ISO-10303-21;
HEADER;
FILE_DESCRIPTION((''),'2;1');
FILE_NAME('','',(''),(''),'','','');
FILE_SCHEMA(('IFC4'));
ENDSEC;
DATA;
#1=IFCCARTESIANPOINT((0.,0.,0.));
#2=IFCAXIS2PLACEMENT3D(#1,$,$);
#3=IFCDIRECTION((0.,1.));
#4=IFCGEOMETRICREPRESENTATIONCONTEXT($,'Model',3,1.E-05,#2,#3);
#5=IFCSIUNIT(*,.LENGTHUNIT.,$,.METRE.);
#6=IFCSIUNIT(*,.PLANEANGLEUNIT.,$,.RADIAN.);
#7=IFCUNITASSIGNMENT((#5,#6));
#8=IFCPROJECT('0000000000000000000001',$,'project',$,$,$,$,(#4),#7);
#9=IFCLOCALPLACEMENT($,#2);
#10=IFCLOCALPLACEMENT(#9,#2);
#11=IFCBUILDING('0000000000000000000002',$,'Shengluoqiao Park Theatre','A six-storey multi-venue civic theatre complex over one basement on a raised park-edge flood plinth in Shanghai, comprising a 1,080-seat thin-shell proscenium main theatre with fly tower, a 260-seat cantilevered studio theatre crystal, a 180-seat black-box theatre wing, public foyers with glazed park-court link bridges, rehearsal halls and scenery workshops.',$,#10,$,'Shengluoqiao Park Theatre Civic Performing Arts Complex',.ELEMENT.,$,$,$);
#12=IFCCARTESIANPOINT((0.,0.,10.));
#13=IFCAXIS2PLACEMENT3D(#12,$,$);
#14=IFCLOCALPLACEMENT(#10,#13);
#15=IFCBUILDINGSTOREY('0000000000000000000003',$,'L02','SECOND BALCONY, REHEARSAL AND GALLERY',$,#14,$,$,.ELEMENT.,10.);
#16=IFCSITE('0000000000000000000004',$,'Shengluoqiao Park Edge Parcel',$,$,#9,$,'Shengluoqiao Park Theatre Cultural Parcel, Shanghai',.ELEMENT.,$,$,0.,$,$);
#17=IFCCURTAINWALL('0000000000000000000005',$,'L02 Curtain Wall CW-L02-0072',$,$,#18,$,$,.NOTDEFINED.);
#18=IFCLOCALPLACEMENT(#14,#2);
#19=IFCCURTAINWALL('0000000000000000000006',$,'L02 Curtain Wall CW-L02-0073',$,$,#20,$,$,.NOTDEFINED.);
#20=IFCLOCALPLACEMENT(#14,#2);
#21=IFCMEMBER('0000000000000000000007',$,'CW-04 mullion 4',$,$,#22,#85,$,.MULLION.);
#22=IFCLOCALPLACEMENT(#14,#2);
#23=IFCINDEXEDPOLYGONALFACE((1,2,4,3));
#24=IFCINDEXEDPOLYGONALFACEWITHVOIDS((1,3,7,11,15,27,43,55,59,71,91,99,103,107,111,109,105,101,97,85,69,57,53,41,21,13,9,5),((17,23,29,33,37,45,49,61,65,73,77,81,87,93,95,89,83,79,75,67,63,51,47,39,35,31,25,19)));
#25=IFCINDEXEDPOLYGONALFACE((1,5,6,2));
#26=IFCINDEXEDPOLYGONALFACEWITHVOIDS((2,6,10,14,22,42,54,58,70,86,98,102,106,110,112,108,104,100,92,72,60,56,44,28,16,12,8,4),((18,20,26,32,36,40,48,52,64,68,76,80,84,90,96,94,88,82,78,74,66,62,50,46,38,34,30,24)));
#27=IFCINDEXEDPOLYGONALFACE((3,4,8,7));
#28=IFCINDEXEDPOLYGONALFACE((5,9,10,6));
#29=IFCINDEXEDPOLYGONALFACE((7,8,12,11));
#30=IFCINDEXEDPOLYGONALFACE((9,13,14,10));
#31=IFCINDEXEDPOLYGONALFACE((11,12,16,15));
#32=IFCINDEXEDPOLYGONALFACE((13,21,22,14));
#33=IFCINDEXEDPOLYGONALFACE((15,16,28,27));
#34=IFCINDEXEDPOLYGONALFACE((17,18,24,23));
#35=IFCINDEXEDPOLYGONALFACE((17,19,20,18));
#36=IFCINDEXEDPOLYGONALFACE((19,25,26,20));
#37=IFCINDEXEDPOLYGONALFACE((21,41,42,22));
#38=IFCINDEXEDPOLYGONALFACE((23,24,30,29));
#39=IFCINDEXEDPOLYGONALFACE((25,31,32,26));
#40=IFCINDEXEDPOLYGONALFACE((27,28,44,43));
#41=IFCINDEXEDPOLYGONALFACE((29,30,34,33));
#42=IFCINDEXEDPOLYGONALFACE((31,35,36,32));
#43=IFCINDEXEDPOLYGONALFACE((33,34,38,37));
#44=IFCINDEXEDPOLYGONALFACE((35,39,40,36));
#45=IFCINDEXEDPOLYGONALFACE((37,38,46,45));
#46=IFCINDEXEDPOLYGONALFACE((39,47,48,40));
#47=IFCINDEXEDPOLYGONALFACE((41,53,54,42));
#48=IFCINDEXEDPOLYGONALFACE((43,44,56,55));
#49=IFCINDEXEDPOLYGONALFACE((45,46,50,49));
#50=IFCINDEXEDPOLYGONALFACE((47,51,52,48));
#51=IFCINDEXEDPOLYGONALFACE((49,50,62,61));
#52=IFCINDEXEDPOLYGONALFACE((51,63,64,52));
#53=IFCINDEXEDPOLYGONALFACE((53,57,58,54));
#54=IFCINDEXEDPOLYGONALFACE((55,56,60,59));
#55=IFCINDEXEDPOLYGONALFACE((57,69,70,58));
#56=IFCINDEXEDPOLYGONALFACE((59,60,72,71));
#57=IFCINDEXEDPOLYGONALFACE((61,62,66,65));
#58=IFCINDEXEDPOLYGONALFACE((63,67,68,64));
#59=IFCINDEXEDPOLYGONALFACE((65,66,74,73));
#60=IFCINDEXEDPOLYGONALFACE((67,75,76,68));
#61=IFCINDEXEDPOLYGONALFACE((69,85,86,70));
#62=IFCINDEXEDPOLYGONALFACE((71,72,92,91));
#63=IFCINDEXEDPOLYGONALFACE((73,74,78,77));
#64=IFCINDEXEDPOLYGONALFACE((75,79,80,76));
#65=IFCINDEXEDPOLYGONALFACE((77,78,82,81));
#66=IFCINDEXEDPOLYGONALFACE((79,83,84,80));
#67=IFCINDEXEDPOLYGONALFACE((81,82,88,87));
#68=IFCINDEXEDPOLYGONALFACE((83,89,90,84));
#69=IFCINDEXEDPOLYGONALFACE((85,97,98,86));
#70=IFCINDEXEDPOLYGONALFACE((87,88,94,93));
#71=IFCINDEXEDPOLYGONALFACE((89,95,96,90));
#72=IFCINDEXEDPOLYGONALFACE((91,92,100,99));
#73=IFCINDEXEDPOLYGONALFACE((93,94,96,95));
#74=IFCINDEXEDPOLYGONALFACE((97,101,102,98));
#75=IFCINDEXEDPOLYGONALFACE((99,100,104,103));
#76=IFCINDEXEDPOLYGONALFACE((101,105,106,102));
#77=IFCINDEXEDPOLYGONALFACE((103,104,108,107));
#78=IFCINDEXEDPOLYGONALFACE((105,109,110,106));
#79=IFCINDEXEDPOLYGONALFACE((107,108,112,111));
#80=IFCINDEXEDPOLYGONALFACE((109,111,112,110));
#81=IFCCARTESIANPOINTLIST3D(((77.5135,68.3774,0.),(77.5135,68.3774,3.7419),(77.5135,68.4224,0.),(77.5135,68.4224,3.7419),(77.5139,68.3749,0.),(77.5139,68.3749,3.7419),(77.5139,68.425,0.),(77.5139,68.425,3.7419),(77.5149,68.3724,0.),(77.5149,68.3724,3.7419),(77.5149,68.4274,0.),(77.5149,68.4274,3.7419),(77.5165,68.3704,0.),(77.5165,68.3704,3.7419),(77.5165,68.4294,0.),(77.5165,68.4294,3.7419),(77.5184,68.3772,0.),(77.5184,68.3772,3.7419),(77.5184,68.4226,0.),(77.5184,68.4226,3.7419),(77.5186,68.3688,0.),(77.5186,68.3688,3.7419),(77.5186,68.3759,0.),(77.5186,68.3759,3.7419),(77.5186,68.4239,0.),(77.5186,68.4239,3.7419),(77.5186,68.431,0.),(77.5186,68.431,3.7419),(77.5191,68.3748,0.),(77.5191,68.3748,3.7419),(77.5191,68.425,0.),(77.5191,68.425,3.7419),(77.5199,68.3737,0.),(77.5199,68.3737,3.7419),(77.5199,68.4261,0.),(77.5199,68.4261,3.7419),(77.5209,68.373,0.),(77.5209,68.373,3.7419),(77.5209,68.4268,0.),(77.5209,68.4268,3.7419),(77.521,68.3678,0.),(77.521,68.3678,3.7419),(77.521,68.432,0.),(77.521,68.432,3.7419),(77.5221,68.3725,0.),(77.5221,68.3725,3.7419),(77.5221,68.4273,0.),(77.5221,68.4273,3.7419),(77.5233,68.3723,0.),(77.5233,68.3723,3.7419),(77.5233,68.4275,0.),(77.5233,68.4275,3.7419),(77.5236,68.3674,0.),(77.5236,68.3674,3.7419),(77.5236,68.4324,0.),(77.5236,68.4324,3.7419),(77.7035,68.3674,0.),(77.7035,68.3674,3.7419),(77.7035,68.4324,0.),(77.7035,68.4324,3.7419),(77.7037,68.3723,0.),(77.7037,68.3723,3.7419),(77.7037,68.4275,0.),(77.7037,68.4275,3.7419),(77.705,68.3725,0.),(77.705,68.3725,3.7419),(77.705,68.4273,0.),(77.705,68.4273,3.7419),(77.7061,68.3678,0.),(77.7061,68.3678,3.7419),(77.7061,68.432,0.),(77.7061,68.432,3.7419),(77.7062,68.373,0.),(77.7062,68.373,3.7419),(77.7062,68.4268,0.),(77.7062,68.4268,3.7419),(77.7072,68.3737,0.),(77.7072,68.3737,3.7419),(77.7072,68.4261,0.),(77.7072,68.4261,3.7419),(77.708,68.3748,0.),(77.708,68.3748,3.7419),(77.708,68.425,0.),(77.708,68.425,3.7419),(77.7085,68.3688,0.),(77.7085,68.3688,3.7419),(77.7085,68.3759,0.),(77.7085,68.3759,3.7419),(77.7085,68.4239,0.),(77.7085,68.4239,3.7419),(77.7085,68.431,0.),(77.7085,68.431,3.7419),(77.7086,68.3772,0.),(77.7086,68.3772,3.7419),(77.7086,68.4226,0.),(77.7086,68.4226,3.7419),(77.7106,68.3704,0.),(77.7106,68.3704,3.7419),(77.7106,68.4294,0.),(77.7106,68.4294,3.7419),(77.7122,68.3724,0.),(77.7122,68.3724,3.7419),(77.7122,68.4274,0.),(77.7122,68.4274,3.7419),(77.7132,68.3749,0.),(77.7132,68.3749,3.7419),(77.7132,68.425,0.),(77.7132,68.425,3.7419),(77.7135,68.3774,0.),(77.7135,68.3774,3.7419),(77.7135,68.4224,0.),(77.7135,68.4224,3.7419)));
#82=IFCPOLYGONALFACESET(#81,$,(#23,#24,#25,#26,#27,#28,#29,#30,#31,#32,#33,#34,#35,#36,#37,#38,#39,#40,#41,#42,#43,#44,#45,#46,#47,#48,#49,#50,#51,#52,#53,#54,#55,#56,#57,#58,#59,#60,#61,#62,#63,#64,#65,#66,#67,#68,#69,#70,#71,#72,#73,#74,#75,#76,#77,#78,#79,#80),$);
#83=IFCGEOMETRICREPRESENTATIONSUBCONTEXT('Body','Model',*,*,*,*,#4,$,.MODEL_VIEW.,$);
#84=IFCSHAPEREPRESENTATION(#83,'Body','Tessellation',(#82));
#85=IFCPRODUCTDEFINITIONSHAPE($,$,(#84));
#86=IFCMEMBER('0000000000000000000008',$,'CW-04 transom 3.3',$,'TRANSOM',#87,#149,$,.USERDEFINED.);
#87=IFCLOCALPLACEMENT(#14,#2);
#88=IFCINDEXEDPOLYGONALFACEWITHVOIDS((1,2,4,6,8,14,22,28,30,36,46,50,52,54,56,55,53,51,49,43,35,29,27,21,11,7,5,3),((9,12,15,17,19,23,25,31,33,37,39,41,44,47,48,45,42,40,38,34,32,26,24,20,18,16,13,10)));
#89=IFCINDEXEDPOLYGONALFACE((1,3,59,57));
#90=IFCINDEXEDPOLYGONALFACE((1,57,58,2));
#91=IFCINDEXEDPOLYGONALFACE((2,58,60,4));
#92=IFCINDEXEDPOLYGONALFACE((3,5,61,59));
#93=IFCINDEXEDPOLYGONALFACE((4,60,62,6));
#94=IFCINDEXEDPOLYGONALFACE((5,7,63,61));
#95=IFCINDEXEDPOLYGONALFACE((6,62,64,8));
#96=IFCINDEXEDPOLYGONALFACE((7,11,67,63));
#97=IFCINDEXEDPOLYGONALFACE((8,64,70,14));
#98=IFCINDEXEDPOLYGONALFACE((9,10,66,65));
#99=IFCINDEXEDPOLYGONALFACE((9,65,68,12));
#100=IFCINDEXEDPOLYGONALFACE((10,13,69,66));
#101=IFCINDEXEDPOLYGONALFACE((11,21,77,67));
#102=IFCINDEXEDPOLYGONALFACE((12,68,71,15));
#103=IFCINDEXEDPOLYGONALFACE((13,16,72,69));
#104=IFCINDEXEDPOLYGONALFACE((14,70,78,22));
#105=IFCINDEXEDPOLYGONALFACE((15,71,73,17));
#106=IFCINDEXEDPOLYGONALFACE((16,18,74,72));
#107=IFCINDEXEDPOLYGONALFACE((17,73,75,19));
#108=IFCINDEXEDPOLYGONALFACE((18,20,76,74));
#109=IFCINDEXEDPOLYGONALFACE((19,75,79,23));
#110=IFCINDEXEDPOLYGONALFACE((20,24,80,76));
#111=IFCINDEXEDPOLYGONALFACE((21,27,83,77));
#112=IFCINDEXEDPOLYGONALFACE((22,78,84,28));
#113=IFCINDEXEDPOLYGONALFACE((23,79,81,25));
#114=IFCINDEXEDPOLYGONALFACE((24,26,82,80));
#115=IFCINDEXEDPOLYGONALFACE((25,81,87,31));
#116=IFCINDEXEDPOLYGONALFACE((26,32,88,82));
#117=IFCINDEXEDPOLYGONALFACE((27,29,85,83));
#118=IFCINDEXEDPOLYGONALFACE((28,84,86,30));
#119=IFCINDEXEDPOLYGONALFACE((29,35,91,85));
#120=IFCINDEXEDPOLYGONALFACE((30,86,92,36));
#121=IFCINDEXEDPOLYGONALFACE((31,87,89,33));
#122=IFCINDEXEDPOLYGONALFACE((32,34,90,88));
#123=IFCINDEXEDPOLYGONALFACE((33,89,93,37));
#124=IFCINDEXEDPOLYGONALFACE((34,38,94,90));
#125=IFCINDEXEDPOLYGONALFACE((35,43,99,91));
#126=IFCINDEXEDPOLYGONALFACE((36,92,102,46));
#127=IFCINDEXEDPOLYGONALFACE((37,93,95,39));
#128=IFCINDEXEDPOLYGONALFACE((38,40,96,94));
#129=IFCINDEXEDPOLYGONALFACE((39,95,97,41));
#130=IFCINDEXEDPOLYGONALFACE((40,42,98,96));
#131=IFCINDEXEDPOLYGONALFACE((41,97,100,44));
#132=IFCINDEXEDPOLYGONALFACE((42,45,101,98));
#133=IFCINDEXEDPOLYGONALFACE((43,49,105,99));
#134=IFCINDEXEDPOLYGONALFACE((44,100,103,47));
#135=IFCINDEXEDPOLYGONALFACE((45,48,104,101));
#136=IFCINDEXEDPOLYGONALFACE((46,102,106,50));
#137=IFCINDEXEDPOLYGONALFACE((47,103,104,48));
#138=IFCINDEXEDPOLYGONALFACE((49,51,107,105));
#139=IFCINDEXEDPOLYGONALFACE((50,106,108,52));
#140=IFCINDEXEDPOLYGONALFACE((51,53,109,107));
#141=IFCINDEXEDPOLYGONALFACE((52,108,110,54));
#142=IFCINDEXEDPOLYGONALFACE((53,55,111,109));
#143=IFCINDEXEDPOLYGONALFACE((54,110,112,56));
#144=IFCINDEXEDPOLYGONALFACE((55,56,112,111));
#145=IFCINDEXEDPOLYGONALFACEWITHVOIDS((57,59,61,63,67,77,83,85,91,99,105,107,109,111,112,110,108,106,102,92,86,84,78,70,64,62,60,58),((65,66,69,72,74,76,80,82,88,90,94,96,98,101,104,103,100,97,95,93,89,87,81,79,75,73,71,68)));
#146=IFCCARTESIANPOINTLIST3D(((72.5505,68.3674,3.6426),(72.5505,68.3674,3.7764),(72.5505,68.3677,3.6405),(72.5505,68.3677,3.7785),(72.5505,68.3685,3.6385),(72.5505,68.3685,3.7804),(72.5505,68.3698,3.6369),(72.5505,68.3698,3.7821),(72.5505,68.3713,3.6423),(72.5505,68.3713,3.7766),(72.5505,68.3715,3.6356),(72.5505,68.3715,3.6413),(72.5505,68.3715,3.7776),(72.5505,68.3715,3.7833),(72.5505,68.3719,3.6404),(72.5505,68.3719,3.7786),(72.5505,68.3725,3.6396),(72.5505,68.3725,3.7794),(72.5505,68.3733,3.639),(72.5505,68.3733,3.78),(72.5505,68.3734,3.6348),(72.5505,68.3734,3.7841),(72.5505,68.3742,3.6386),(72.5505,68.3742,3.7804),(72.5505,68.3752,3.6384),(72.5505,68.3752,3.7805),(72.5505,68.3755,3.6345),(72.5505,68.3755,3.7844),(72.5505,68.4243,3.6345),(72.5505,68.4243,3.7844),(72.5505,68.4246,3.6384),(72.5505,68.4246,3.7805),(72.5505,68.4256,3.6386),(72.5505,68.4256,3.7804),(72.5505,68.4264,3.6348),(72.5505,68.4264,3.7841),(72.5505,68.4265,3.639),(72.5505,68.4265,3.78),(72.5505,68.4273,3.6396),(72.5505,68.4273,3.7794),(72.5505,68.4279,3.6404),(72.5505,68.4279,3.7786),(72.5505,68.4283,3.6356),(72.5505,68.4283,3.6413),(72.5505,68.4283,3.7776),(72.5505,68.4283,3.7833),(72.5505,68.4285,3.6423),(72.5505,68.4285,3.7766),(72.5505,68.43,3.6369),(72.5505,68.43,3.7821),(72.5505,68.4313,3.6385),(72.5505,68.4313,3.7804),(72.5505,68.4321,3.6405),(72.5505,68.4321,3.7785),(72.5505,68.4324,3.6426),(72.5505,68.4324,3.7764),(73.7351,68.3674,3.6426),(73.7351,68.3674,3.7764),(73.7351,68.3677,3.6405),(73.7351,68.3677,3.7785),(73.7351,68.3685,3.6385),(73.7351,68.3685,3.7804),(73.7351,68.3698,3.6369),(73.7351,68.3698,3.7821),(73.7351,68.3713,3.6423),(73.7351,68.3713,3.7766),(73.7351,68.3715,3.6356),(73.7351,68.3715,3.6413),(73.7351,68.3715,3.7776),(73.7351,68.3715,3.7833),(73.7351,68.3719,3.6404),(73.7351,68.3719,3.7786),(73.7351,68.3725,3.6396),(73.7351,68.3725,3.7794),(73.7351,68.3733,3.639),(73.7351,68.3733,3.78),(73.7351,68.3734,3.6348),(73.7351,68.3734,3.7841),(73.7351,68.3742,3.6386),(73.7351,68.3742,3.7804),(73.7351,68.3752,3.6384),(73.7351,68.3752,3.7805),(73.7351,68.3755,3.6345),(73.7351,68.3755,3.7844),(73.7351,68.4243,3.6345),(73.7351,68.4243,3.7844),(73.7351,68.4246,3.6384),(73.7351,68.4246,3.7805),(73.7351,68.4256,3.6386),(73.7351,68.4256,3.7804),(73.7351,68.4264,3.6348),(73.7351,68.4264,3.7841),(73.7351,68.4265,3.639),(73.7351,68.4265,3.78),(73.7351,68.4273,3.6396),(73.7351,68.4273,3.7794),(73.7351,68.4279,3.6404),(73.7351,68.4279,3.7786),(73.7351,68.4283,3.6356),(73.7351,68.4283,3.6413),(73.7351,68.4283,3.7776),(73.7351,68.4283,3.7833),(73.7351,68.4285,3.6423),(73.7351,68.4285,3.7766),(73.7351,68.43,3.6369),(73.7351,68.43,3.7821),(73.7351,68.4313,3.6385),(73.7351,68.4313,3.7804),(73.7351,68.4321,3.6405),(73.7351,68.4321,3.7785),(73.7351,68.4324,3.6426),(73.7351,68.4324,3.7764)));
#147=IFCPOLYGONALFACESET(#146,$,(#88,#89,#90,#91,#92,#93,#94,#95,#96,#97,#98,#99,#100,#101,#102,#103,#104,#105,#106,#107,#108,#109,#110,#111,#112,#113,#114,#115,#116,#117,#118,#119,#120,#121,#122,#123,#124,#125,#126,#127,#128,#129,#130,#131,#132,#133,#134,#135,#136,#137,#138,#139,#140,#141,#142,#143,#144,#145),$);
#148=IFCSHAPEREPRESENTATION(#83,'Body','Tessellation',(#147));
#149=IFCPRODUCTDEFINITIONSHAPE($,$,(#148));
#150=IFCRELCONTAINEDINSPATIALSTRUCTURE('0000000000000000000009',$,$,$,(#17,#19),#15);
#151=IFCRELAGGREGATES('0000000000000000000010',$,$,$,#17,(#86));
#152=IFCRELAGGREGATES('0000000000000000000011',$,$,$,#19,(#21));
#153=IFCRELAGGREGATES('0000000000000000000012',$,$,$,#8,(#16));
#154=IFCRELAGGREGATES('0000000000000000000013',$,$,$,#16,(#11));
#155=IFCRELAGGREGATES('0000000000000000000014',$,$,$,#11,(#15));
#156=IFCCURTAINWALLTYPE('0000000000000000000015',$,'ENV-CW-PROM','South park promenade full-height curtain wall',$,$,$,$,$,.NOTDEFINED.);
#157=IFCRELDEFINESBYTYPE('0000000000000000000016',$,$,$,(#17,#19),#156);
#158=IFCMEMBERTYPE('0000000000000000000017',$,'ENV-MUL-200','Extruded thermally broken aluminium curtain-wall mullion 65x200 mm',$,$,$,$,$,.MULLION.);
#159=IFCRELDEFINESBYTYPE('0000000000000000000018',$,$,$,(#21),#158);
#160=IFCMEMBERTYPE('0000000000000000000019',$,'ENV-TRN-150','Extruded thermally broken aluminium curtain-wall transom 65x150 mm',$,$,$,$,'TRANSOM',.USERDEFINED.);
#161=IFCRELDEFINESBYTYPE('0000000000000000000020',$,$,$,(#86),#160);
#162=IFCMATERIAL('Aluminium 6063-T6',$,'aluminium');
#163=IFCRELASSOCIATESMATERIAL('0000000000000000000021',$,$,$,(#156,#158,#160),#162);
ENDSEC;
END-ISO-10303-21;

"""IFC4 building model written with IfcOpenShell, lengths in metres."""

from ifc_helpers import new_model, si_unit, direction, frame, origin, origin_2d, place, context, subcontext, project, spatial, hollow_rectangle, extrude, material, material_profile, profile_set, type_object, element, aggregate, save


model = new_model("IFC4")

# Units and contexts
model_context = context("Model", 3, precision=1e-05, world=origin(), true_north=direction((0.0, 1.0)))
body_context = subcontext(model_context, "Body", "Model", "MODEL_VIEW")
ifc_project = project(units=[si_unit("LENGTHUNIT", "METRE"), si_unit("PLANEANGLEUNIT", "RADIAN")], contexts=[model_context])

# Site, building, storey
site_placement = place(None, origin())
site = spatial("IfcSite", under=ifc_project, at=site_placement, Name="Shengluoqiao Park Edge Parcel", LongName="Shengluoqiao Park Theatre Cultural Parcel, Shanghai", CompositionType="ELEMENT", RefElevation=0.0)
building_placement = place(site_placement, origin())
building = spatial("IfcBuilding", under=site, at=building_placement, Name="Shengluoqiao Park Theatre", Description="A six-storey multi-venue civic theatre complex over one basement on a raised park-edge flood plinth in Shanghai, comprising a 1,080-seat thin-shell proscenium main theatre with fly tower, a 260-seat cantilevered studio theatre crystal, a 180-seat black-box theatre wing, public foyers with glazed park-court link bridges, rehearsal halls and scenery workshops.", LongName="Shengluoqiao Park Theatre Civic Performing Arts Complex", CompositionType="ELEMENT")
storey_placement = place(building_placement, frame((0.0, 0.0, 10.0)))
storey = spatial("IfcBuildingStorey", under=building, at=storey_placement, Name="L02", Description="SECOND BALCONY, REHEARSAL AND GALLERY", CompositionType="ELEMENT", Elevation=10.0)

# Curtain wall
ifc_material_1 = material(Name="Aluminium 6063-T6", Category="aluminium")
curtain_wall_type = type_object("IfcCurtainWallType", Name="ENV-CW-PROM", Description="South park promenade full-height curtain wall", PredefinedType="NOTDEFINED", material=ifc_material_1)
curtain_wall_1_placement = place(storey_placement, origin())
curtain_wall_1 = element("IfcCurtainWall", 1, at=curtain_wall_1_placement, inside=storey, type_object=curtain_wall_type, Name="L02 Curtain Wall CW-L02-0072", PredefinedType="NOTDEFINED")
ifc_material_profile_1 = material_profile(ifc_material_1, hollow_rectangle(XDim=0.0649, YDim=0.2, WallThickness=0.0049, InnerFilletRadius=0.0049, OuterFilletRadius=0.01, at=origin_2d()), Name="ALU MULLION 200x65x5")
ifc_profile_set_1 = profile_set([ifc_material_profile_1], Name="Aluminium 6063-T6")
member_type_1 = type_object("IfcMemberType", Name="ENV-MUL-200", Description="Extruded thermally broken aluminium curtain-wall mullion 65x200 mm", PredefinedType="MULLION", material=ifc_profile_set_1)

# Curtain wall, member
curtain_wall_2_placement = place(storey_placement, origin())
curtain_wall_2 = element("IfcCurtainWall", 2, at=curtain_wall_2_placement, inside=storey, type_object=curtain_wall_type, Name="L02 Curtain Wall CW-L02-0073", PredefinedType="NOTDEFINED")
member_1_placement = place(storey_placement, frame((77.6135, 68.3999, 0.0), z_axis=(0.0, 0.0, 1.0), x_axis=(0.0, 1.0, 0.0)))
member_1 = element("IfcMember", 3, at=member_1_placement, type_object=member_type_1, Name="CW-04 mullion 4", PredefinedType="MULLION", context=body_context, shape_type="SweptSolid", body=[
    extrude(hollow_rectangle(XDim=0.0649, YDim=0.2, WallThickness=0.0049, InnerFilletRadius=0.0049, OuterFilletRadius=0.01, at=origin_2d()), origin(), (0.0, 0.0, 1.0), 3.7419),
])

# Member
ifc_material_profile_2 = material_profile(ifc_material_1, hollow_rectangle(XDim=0.0649, YDim=0.1499, WallThickness=0.0039, InnerFilletRadius=0.0039, OuterFilletRadius=0.0081, at=origin_2d()), Name="ALU TRANSOM 150x65x4")
ifc_profile_set_2 = profile_set([ifc_material_profile_2], Name="Aluminium 6063-T6")
member_type_2 = type_object("IfcMemberType", Name="ENV-TRN-150", Description="Extruded thermally broken aluminium curtain-wall transom 65x150 mm", ElementType="TRANSOM", PredefinedType="USERDEFINED", material=ifc_profile_set_2)
member_2_placement = place(storey_placement, frame((72.5505, 68.3999, 3.7095), z_axis=(1.0, 0.0, 0.0), x_axis=(0.0, 1.0, 0.0)))
member_2 = element("IfcMember", 4, at=member_2_placement, type_object=member_type_2, Name="CW-04 transom 3.3", ObjectType="TRANSOM", PredefinedType="USERDEFINED", context=body_context, shape_type="SweptSolid", body=[
    extrude(hollow_rectangle(XDim=0.0649, YDim=0.1499, WallThickness=0.0039, InnerFilletRadius=0.0039, OuterFilletRadius=0.0081, at=origin_2d()), origin(), (0.0, 0.0, 1.0), 1.1846),
])

aggregate(curtain_wall_1, [member_2])
aggregate(curtain_wall_2, [member_1])

save(model, "model.ifc")
